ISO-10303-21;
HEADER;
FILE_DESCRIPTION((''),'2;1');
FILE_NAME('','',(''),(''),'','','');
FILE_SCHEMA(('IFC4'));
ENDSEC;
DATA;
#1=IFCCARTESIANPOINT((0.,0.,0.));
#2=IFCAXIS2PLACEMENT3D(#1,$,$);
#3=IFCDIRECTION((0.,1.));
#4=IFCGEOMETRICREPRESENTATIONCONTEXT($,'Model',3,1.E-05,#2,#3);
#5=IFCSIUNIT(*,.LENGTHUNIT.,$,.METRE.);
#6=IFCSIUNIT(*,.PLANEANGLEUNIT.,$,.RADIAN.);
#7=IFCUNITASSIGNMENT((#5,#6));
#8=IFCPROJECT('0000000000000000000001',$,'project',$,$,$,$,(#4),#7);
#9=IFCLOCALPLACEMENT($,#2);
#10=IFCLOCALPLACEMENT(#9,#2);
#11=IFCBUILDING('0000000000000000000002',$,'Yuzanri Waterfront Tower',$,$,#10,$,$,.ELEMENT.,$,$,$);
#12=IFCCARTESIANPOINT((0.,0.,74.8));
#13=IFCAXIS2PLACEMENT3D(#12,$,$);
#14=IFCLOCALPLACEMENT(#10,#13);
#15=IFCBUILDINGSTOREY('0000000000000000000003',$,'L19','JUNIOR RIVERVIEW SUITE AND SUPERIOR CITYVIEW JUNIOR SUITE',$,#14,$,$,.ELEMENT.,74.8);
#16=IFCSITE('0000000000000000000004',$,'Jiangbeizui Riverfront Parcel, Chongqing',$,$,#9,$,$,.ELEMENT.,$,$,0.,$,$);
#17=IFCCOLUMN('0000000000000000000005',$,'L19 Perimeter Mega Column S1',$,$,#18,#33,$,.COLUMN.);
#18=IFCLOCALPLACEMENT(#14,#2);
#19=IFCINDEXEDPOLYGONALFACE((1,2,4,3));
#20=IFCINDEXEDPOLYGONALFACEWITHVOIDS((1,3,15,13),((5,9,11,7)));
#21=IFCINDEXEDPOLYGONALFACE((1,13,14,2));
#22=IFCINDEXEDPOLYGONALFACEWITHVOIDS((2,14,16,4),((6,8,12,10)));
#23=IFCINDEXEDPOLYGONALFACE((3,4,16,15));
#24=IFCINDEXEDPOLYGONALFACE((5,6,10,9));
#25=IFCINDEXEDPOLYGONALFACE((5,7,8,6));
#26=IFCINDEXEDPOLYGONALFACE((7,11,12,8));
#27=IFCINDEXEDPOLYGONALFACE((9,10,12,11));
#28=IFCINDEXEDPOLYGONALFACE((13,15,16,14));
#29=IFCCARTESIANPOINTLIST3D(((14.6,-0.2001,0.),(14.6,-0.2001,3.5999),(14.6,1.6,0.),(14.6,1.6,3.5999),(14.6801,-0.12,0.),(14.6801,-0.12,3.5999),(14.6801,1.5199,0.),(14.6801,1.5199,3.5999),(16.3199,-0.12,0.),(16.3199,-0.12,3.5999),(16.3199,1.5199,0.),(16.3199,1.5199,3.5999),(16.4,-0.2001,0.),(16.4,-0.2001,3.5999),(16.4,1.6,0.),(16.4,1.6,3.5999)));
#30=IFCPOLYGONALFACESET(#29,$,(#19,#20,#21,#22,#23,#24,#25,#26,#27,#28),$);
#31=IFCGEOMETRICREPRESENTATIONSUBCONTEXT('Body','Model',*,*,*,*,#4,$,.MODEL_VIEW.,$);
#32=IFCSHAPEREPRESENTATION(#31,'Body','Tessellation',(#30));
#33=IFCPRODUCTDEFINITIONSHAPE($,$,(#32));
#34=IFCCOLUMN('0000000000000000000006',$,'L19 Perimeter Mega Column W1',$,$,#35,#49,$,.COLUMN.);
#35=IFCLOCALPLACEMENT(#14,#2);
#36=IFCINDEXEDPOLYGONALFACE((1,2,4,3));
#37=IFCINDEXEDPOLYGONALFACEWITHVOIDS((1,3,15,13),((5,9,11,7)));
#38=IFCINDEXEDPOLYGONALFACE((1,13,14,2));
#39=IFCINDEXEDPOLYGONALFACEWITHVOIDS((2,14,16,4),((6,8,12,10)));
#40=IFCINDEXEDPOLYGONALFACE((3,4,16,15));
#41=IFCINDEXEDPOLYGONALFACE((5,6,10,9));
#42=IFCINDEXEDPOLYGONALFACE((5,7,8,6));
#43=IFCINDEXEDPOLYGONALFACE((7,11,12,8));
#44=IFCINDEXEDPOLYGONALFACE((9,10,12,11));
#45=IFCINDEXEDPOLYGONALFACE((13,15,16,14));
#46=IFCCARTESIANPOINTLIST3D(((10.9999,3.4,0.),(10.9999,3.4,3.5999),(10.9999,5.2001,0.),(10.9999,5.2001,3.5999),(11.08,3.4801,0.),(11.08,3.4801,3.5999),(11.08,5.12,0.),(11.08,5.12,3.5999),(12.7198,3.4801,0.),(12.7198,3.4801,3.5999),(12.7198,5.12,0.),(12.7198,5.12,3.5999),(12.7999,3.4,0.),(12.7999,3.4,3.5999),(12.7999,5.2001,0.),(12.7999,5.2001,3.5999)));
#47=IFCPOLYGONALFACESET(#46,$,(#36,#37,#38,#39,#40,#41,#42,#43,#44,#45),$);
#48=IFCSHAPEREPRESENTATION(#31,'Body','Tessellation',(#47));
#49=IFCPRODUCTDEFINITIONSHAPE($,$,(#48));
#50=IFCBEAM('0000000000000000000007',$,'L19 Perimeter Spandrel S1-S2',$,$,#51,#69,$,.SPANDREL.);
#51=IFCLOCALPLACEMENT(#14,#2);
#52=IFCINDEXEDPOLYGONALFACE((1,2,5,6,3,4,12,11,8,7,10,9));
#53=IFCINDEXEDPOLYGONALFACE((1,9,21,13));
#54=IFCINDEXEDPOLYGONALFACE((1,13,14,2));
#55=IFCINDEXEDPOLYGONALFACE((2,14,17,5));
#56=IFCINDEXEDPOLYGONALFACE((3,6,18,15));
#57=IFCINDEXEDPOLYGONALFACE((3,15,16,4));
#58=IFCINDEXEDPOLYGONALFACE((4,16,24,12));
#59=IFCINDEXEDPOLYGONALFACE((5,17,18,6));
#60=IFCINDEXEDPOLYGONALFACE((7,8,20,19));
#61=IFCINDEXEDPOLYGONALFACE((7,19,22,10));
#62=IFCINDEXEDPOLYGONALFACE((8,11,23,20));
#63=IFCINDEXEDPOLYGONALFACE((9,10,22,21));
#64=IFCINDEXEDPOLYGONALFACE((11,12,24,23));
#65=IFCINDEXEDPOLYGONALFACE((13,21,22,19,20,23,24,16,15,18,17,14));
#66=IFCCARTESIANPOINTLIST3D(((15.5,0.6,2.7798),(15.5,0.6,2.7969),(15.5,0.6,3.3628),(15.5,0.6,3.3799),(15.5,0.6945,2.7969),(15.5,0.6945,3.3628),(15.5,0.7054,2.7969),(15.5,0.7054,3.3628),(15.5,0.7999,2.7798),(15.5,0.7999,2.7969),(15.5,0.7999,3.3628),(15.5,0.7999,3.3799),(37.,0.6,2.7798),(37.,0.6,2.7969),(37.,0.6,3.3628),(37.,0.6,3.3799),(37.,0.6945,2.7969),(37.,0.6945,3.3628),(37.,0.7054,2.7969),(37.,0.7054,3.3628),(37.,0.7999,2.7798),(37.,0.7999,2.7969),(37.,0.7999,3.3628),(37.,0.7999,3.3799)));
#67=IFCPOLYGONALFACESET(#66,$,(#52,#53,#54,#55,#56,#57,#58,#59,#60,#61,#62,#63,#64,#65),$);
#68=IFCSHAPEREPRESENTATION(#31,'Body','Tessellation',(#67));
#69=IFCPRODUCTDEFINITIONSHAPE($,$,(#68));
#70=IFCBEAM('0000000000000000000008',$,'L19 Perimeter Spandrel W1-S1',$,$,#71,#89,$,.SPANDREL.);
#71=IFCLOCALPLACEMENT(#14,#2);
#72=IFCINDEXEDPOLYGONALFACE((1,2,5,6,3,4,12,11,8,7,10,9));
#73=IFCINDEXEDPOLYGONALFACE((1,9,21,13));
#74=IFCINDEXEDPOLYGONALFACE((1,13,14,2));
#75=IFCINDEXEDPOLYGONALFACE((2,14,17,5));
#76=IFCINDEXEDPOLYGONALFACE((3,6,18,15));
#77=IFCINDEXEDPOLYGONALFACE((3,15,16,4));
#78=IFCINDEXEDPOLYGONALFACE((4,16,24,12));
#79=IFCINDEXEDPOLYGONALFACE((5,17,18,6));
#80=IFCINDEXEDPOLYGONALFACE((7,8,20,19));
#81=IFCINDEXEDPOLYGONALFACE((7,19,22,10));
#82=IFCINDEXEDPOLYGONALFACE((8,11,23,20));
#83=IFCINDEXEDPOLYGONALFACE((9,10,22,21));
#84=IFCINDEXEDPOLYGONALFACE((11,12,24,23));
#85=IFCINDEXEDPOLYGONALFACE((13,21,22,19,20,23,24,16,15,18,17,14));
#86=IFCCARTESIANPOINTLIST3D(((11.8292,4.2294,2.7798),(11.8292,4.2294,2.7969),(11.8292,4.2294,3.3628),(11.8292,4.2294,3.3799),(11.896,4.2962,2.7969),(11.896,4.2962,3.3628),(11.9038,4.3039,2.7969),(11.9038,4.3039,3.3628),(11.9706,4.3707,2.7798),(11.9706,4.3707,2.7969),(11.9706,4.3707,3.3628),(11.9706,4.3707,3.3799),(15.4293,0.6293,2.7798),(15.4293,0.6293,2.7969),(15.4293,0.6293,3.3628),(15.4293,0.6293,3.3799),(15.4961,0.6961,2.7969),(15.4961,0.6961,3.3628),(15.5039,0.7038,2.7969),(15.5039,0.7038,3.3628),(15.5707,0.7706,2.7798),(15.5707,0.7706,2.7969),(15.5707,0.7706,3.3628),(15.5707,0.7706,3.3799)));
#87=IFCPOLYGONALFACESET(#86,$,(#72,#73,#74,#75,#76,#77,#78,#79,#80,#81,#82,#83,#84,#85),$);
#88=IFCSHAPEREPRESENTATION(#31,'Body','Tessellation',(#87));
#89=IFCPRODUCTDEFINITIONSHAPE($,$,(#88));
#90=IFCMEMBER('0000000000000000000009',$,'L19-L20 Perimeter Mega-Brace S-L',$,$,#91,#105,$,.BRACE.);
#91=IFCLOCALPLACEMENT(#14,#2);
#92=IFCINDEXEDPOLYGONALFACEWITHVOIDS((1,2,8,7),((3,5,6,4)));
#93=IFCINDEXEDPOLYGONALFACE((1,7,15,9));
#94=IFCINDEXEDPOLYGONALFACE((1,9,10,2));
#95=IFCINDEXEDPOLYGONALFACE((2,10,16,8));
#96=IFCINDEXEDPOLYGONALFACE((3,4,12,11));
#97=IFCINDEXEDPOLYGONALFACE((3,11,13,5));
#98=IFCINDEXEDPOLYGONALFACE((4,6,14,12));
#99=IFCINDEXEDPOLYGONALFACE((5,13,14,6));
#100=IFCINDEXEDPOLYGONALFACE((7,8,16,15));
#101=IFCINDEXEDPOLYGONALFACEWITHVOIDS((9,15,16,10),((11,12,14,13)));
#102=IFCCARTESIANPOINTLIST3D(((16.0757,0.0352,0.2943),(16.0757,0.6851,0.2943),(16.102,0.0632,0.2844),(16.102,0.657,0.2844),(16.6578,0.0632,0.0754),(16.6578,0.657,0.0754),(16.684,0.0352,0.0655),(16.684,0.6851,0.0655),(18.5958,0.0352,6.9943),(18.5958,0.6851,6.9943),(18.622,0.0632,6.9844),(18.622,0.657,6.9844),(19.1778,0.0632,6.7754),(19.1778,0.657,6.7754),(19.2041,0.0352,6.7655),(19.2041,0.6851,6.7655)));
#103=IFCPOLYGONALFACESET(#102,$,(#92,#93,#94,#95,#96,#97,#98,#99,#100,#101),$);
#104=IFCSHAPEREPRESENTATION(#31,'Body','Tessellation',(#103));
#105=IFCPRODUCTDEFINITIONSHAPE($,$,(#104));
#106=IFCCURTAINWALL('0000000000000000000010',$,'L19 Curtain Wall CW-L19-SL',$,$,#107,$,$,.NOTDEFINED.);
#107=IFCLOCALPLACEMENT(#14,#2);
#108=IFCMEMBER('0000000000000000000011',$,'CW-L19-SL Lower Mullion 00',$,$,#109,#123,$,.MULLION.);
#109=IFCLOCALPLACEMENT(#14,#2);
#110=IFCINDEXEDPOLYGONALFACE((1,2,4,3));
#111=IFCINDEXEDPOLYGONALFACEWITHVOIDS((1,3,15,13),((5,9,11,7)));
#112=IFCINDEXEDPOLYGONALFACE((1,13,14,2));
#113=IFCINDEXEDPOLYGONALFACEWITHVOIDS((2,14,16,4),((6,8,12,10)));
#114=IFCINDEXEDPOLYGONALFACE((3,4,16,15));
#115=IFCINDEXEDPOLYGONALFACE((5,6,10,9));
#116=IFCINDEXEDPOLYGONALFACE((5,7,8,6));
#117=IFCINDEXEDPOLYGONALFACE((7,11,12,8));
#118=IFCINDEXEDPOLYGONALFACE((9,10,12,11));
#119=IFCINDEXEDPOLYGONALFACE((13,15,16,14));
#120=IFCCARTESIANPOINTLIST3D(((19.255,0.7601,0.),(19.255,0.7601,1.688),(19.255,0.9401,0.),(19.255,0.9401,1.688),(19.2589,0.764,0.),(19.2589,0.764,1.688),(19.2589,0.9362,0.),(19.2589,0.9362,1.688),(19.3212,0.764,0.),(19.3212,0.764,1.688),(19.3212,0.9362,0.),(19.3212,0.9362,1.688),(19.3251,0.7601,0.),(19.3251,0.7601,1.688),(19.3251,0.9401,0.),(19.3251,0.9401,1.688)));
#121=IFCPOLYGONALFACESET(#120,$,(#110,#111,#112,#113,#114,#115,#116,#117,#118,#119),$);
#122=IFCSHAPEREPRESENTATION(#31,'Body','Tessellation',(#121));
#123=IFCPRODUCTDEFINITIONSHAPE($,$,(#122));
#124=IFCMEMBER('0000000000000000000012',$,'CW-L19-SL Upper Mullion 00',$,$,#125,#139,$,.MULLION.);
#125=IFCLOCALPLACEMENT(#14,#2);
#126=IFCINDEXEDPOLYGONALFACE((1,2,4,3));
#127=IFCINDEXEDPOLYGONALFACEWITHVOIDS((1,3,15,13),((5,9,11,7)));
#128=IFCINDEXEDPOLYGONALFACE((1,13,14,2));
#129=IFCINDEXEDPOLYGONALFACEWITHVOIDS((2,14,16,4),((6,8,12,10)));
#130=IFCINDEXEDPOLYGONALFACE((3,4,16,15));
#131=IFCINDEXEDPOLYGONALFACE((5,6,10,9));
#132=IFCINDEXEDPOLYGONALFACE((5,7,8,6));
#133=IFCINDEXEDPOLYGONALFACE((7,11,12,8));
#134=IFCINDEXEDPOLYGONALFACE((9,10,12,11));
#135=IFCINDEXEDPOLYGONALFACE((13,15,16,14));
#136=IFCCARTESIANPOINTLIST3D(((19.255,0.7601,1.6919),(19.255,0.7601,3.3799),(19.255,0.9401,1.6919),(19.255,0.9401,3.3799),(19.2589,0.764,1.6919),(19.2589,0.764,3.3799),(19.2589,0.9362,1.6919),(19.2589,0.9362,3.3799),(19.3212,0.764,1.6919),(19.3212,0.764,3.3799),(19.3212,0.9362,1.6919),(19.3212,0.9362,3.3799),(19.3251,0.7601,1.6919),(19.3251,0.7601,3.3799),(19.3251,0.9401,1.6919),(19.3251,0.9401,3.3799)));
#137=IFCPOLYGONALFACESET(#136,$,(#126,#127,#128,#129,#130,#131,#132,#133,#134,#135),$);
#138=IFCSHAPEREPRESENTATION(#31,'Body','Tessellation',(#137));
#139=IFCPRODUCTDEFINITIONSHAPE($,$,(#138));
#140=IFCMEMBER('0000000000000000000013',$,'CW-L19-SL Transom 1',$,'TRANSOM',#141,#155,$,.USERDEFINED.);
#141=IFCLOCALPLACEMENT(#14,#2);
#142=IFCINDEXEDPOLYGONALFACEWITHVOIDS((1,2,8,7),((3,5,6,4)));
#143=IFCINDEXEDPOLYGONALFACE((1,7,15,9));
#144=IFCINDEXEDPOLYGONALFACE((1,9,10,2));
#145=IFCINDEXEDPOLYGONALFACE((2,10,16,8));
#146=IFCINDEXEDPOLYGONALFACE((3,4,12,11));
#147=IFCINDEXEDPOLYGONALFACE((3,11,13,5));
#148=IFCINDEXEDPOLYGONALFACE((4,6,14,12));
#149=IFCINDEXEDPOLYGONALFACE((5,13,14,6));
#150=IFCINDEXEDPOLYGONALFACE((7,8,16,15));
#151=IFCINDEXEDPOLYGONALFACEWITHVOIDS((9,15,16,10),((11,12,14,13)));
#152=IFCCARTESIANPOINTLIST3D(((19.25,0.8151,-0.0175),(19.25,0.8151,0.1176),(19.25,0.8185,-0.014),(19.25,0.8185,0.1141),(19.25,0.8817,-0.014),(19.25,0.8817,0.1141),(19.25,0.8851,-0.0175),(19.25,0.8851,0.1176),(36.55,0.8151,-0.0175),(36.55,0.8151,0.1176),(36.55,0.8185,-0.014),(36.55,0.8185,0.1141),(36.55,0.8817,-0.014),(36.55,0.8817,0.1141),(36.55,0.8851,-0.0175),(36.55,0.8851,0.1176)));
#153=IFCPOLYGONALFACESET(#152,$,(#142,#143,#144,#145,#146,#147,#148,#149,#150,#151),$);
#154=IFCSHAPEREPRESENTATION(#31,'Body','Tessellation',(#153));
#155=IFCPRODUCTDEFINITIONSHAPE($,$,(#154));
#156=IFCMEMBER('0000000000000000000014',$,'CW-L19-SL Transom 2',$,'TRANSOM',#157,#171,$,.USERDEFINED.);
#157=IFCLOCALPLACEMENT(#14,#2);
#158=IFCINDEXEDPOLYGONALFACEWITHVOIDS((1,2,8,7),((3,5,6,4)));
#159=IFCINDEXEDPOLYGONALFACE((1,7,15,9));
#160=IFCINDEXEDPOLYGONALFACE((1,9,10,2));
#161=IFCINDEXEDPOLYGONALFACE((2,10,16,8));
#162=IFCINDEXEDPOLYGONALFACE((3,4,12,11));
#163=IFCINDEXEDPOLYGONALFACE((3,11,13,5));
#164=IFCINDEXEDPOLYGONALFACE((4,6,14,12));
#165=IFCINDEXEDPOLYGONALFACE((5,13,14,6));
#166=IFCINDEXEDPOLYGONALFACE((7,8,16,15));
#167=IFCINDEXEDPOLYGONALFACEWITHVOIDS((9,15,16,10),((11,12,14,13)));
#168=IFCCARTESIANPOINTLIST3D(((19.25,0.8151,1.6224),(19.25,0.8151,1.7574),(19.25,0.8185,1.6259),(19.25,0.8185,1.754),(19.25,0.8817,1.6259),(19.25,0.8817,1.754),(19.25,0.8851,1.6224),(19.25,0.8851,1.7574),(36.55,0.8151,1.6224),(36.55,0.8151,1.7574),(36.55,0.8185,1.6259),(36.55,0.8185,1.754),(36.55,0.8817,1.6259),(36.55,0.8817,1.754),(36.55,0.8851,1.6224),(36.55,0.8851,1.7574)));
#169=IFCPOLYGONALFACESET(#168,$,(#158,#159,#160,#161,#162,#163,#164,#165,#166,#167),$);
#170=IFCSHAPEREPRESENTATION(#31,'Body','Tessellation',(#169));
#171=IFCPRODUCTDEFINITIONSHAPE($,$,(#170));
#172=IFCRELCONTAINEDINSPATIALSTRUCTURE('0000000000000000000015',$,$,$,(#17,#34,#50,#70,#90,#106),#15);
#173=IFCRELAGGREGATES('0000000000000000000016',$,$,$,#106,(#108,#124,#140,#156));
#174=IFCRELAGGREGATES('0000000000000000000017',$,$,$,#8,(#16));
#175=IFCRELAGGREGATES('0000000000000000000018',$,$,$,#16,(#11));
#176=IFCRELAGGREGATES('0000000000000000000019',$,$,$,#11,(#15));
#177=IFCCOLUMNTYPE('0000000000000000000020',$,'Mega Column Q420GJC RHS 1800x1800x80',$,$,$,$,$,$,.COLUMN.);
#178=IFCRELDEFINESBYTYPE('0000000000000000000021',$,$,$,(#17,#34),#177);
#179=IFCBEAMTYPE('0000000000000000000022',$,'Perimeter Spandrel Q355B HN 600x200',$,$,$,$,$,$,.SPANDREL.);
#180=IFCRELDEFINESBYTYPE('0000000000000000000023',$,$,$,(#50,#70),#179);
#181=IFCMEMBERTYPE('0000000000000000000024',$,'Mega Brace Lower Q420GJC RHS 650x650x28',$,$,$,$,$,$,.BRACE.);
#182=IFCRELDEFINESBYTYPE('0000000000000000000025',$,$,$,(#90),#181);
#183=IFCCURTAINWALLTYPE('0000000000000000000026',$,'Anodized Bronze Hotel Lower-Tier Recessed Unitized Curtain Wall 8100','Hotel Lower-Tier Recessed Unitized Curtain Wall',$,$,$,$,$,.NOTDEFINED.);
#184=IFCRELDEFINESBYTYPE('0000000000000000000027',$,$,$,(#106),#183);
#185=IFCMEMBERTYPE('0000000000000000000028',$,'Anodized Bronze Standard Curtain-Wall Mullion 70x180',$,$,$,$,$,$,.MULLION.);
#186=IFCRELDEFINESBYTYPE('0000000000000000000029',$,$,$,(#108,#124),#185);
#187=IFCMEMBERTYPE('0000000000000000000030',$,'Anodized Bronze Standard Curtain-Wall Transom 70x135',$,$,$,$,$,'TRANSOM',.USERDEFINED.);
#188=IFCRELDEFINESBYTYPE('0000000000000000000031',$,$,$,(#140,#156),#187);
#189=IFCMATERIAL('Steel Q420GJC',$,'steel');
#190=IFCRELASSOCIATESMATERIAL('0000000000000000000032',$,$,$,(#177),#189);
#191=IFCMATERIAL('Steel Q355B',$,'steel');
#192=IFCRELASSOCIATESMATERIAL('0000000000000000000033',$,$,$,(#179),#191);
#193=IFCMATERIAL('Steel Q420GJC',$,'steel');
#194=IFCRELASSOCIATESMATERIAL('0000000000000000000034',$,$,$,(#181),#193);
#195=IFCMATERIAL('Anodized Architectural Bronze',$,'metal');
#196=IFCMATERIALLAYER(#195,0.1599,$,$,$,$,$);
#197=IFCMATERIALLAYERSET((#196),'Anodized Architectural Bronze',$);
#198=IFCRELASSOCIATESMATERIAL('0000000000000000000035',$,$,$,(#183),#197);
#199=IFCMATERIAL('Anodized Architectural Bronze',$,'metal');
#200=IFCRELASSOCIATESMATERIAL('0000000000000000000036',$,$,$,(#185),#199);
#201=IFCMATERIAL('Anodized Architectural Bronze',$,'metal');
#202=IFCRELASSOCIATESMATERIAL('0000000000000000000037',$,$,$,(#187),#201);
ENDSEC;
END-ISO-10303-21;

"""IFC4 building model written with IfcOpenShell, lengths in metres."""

from ifc_helpers import new_model, si_unit, direction, frame, origin, origin_2d, place, context, subcontext, project, spatial, hollow_rectangle, i_section, extrude, source, transform, mapped, material, layer, layer_set, material_profile, profile_set, type_object, element, aggregate, save


model = new_model("IFC4")

# Units and contexts
model_context = context("Model", 3, precision=1e-05, world=origin(), true_north=direction((0.0, 1.0)))
body_context = subcontext(model_context, "Body", "Model", "MODEL_VIEW")
ifc_project = project(units=[si_unit("LENGTHUNIT", "METRE"), si_unit("PLANEANGLEUNIT", "RADIAN")], contexts=[model_context])

# Site, building, storey
site_placement = place(None, origin())
site = spatial("IfcSite", under=ifc_project, at=site_placement, Name="Jiangbeizui Riverfront Parcel, Chongqing", CompositionType="ELEMENT", RefElevation=0.0)
building_placement = place(site_placement, origin())
building = spatial("IfcBuilding", under=site, at=building_placement, Name="Yuzanri Waterfront Tower", CompositionType="ELEMENT")
storey_placement = place(building_placement, frame((0.0, 0.0, 74.8)))
storey = spatial("IfcBuildingStorey", under=building, at=storey_placement, Name="L19", Description="JUNIOR RIVERVIEW SUITE AND SUPERIOR CITYVIEW JUNIOR SUITE", CompositionType="ELEMENT", Elevation=74.8)

# Columns
ifc_material_1 = material(Name="Steel Q420GJC", Category="steel")
ifc_material_profile_1 = material_profile(ifc_material_1, hollow_rectangle(XDim=1.8, YDim=1.8, WallThickness=0.0801, at=origin_2d()), Name="RHS 1800x1800x80")
ifc_profile_set_1 = profile_set([ifc_material_profile_1], Name="Steel Q420GJC")
column_type = type_object("IfcColumnType", Name="Mega Column Q420GJC RHS 1800x1800x80", PredefinedType="COLUMN", material=ifc_profile_set_1)
shared_shape_1 = source(origin(), body_context, "Body", "SweptSolid", [
    extrude(hollow_rectangle(XDim=1.8, YDim=1.8, WallThickness=0.0801, at=origin_2d()), origin(), (0.0, 0.0, 1.0), 3.5999),
])
for number, where, z_axis, x_axis, name in (
    (1, (15.5, 0.7, 0.0), (0.0, 0.0, 1.0), (1.0, 0.0, 0.0), "L19 Perimeter Mega Column S1"),
    (2, (11.8999, 4.3, 0.0), (0.0, 0.0, 1.0), (1.0, 0.0, 0.0), "L19 Perimeter Mega Column W1"),
):
    element("IfcColumn", number, at=place(storey_placement, frame(where, z_axis=z_axis, x_axis=x_axis)), inside=storey, type_object=column_type, Name=name, PredefinedType="COLUMN", context=body_context, shape_type="MappedRepresentation", body=[
        mapped(shared_shape_1, transform((0.0, 0.0, 0.0), scale=1.0)),
    ])

# Beams
ifc_material_2 = material(Name="Steel Q355B", Category="steel")
ifc_material_profile_2 = material_profile(ifc_material_2, i_section(OverallWidth=0.2, OverallDepth=0.6001, WebThickness=0.011, FlangeThickness=0.0171, at=origin_2d()), Name="HN 600x200x11x17")
ifc_profile_set_2 = profile_set([ifc_material_profile_2], Name="Steel Q355B")
beam_type = type_object("IfcBeamType", Name="Perimeter Spandrel Q355B HN 600x200", PredefinedType="SPANDREL", material=ifc_profile_set_2)
shared_shape_2 = source(origin(), body_context, "Body", "SweptSolid", [
    extrude(i_section(OverallWidth=0.2, OverallDepth=0.6001, WebThickness=0.011, FlangeThickness=0.0171, at=origin_2d()), origin(), (0.0, 0.0, 1.0), 21.5),
])
beam_1_placement = place(storey_placement, frame((15.5, 0.7, 3.0798), z_axis=(1.0, 0.0, 0.0), x_axis=(0.0, 1.0, 0.0)))
element("IfcBeam", 3, at=beam_1_placement, inside=storey, type_object=beam_type, Name="L19 Perimeter Spandrel S1-S2", PredefinedType="SPANDREL", context=body_context, shape_type="MappedRepresentation", body=[
    mapped(shared_shape_2, transform((0.0, 0.0, 0.0), scale=1.0)),
])
shared_shape_3 = source(origin(), body_context, "Body", "SweptSolid", [
    extrude(i_section(OverallWidth=0.2, OverallDepth=0.6001, WebThickness=0.011, FlangeThickness=0.0171, at=origin_2d()), origin(), (0.0, 0.0, 1.0), 5.0913),
])
beam_2_placement = place(storey_placement, frame((11.8999, 4.3, 3.0798), z_axis=(0.707107, -0.707107, 0.0), x_axis=(0.707107, 0.707107, 0.0)))
element("IfcBeam", 4, at=beam_2_placement, inside=storey, type_object=beam_type, Name="L19 Perimeter Spandrel W1-S1", PredefinedType="SPANDREL", context=body_context, shape_type="MappedRepresentation", body=[
    mapped(shared_shape_3, transform((0.0, 0.0, 0.0), scale=1.0)),
])

# Member
ifc_material_3 = material(Name="Steel Q420GJC", Category="steel")
ifc_material_profile_3 = material_profile(ifc_material_3, hollow_rectangle(XDim=0.6499, YDim=0.6499, WallThickness=0.0281, at=origin_2d()), Name="RHS 650x650x28")
ifc_profile_set_3 = profile_set([ifc_material_profile_3], Name="Steel Q420GJC")
member_type_1 = type_object("IfcMemberType", Name="Mega Brace Lower Q420GJC RHS 650x650x28", PredefinedType="BRACE", material=ifc_profile_set_3)
shared_shape_4 = source(origin(), body_context, "Body", "SweptSolid", [
    extrude(hollow_rectangle(XDim=0.6499, YDim=0.6499, WallThickness=0.0281, at=origin_2d()), origin(), (0.0, 0.0, 1.0), 7.1582),
])
member_1_placement = place(storey_placement, frame((16.3799, 0.3601, 0.1799), z_axis=(0.352046, 0.0, 0.935983), x_axis=(0.0, 1.0, 0.0)))
element("IfcMember", 5, at=member_1_placement, inside=storey, type_object=member_type_1, Name="L19-L20 Perimeter Mega-Brace S-L", PredefinedType="BRACE", context=body_context, shape_type="MappedRepresentation", body=[
    mapped(shared_shape_4, transform((0.0, 0.0, 0.0), scale=1.0)),
])

# Curtain wall, members
ifc_material_4 = material(Name="Anodized Architectural Bronze", Category="metal")
ifc_layer_1 = layer(ifc_material_4, 0.1599)
ifc_layer_set_1 = layer_set([ifc_layer_1], Name="Anodized Architectural Bronze")
curtain_wall_type = type_object("IfcCurtainWallType", Name="Anodized Bronze Hotel Lower-Tier Recessed Unitized Curtain Wall 8100", Description="Hotel Lower-Tier Recessed Unitized Curtain Wall", PredefinedType="NOTDEFINED", material=ifc_layer_set_1)
curtain_wall_placement = place(storey_placement, origin())
curtain_wall = element("IfcCurtainWall", 6, at=curtain_wall_placement, inside=storey, type_object=curtain_wall_type, Name="L19 Curtain Wall CW-L19-SL", PredefinedType="NOTDEFINED")
ifc_material_5 = material(Name="Anodized Architectural Bronze", Category="metal")
ifc_material_profile_4 = material_profile(ifc_material_5, hollow_rectangle(XDim=0.0701, YDim=0.1799, WallThickness=0.0039, at=origin_2d()), Name="CWM 70x180")
ifc_profile_set_4 = profile_set([ifc_material_profile_4], Name="Anodized Architectural Bronze")
member_type_2 = type_object("IfcMemberType", Name="Anodized Bronze Standard Curtain-Wall Mullion 70x180", PredefinedType="MULLION", material=ifc_profile_set_4)
shared_shape_5 = source(origin(), body_context, "Body", "SweptSolid", [
    extrude(hollow_rectangle(XDim=0.0701, YDim=0.1799, WallThickness=0.0039, at=origin_2d()), origin(), (0.0, 0.0, 1.0), 1.688),
])
member_2_placement = place(storey_placement, frame((19.29, 0.8501, 0.0), z_axis=(0.0, 0.0, 1.0), x_axis=(1.0, 0.0, 0.0)))
member_2 = element("IfcMember", 7, at=member_2_placement, type_object=member_type_2, Name="CW-L19-SL Lower Mullion 00", PredefinedType="MULLION", context=body_context, shape_type="MappedRepresentation", body=[
    mapped(shared_shape_5, transform((0.0, 0.0, 0.0), scale=1.0)),
])
member_3_placement = place(storey_placement, frame((19.29, 0.8501, 1.6919), z_axis=(0.0, 0.0, 1.0), x_axis=(1.0, 0.0, 0.0)))
member_3 = element("IfcMember", 8, at=member_3_placement, type_object=member_type_2, Name="CW-L19-SL Upper Mullion 00", PredefinedType="MULLION", context=body_context, shape_type="MappedRepresentation", body=[
    mapped(shared_shape_5, transform((0.0, 0.0, 0.0), scale=1.0)),
])
ifc_material_6 = material(Name="Anodized Architectural Bronze", Category="metal")
ifc_material_profile_5 = material_profile(ifc_material_6, hollow_rectangle(XDim=0.0701, YDim=0.135, WallThickness=0.0034, at=origin_2d()), Name="CWT 70x135")
ifc_profile_set_5 = profile_set([ifc_material_profile_5], Name="Anodized Architectural Bronze")
member_type_3 = type_object("IfcMemberType", Name="Anodized Bronze Standard Curtain-Wall Transom 70x135", ElementType="TRANSOM", PredefinedType="USERDEFINED", material=ifc_profile_set_5)
shared_shape_6 = source(origin(), body_context, "Body", "SweptSolid", [
    extrude(hollow_rectangle(XDim=0.0701, YDim=0.135, WallThickness=0.0034, at=origin_2d()), origin(), (0.0, 0.0, 1.0), 17.3),
])
member_4_placement = place(storey_placement, frame((19.25, 0.8501, 0.05), z_axis=(1.0, 0.0, 0.0), x_axis=(0.0, 1.0, 0.0)))
member_4 = element("IfcMember", 9, at=member_4_placement, type_object=member_type_3, Name="CW-L19-SL Transom 1", ObjectType="TRANSOM", PredefinedType="USERDEFINED", context=body_context, shape_type="MappedRepresentation", body=[
    mapped(shared_shape_6, transform((0.0, 0.0, 0.0), scale=1.0)),
])
member_5_placement = place(storey_placement, frame((19.25, 0.8501, 1.6899), z_axis=(1.0, 0.0, 0.0), x_axis=(0.0, 1.0, 0.0)))
member_5 = element("IfcMember", 10, at=member_5_placement, type_object=member_type_3, Name="CW-L19-SL Transom 2", ObjectType="TRANSOM", PredefinedType="USERDEFINED", context=body_context, shape_type="MappedRepresentation", body=[
    mapped(shared_shape_6, transform((0.0, 0.0, 0.0), scale=1.0)),
])
aggregate(curtain_wall, [member_2, member_3, member_4, member_5])

save(model, "model.ifc")
